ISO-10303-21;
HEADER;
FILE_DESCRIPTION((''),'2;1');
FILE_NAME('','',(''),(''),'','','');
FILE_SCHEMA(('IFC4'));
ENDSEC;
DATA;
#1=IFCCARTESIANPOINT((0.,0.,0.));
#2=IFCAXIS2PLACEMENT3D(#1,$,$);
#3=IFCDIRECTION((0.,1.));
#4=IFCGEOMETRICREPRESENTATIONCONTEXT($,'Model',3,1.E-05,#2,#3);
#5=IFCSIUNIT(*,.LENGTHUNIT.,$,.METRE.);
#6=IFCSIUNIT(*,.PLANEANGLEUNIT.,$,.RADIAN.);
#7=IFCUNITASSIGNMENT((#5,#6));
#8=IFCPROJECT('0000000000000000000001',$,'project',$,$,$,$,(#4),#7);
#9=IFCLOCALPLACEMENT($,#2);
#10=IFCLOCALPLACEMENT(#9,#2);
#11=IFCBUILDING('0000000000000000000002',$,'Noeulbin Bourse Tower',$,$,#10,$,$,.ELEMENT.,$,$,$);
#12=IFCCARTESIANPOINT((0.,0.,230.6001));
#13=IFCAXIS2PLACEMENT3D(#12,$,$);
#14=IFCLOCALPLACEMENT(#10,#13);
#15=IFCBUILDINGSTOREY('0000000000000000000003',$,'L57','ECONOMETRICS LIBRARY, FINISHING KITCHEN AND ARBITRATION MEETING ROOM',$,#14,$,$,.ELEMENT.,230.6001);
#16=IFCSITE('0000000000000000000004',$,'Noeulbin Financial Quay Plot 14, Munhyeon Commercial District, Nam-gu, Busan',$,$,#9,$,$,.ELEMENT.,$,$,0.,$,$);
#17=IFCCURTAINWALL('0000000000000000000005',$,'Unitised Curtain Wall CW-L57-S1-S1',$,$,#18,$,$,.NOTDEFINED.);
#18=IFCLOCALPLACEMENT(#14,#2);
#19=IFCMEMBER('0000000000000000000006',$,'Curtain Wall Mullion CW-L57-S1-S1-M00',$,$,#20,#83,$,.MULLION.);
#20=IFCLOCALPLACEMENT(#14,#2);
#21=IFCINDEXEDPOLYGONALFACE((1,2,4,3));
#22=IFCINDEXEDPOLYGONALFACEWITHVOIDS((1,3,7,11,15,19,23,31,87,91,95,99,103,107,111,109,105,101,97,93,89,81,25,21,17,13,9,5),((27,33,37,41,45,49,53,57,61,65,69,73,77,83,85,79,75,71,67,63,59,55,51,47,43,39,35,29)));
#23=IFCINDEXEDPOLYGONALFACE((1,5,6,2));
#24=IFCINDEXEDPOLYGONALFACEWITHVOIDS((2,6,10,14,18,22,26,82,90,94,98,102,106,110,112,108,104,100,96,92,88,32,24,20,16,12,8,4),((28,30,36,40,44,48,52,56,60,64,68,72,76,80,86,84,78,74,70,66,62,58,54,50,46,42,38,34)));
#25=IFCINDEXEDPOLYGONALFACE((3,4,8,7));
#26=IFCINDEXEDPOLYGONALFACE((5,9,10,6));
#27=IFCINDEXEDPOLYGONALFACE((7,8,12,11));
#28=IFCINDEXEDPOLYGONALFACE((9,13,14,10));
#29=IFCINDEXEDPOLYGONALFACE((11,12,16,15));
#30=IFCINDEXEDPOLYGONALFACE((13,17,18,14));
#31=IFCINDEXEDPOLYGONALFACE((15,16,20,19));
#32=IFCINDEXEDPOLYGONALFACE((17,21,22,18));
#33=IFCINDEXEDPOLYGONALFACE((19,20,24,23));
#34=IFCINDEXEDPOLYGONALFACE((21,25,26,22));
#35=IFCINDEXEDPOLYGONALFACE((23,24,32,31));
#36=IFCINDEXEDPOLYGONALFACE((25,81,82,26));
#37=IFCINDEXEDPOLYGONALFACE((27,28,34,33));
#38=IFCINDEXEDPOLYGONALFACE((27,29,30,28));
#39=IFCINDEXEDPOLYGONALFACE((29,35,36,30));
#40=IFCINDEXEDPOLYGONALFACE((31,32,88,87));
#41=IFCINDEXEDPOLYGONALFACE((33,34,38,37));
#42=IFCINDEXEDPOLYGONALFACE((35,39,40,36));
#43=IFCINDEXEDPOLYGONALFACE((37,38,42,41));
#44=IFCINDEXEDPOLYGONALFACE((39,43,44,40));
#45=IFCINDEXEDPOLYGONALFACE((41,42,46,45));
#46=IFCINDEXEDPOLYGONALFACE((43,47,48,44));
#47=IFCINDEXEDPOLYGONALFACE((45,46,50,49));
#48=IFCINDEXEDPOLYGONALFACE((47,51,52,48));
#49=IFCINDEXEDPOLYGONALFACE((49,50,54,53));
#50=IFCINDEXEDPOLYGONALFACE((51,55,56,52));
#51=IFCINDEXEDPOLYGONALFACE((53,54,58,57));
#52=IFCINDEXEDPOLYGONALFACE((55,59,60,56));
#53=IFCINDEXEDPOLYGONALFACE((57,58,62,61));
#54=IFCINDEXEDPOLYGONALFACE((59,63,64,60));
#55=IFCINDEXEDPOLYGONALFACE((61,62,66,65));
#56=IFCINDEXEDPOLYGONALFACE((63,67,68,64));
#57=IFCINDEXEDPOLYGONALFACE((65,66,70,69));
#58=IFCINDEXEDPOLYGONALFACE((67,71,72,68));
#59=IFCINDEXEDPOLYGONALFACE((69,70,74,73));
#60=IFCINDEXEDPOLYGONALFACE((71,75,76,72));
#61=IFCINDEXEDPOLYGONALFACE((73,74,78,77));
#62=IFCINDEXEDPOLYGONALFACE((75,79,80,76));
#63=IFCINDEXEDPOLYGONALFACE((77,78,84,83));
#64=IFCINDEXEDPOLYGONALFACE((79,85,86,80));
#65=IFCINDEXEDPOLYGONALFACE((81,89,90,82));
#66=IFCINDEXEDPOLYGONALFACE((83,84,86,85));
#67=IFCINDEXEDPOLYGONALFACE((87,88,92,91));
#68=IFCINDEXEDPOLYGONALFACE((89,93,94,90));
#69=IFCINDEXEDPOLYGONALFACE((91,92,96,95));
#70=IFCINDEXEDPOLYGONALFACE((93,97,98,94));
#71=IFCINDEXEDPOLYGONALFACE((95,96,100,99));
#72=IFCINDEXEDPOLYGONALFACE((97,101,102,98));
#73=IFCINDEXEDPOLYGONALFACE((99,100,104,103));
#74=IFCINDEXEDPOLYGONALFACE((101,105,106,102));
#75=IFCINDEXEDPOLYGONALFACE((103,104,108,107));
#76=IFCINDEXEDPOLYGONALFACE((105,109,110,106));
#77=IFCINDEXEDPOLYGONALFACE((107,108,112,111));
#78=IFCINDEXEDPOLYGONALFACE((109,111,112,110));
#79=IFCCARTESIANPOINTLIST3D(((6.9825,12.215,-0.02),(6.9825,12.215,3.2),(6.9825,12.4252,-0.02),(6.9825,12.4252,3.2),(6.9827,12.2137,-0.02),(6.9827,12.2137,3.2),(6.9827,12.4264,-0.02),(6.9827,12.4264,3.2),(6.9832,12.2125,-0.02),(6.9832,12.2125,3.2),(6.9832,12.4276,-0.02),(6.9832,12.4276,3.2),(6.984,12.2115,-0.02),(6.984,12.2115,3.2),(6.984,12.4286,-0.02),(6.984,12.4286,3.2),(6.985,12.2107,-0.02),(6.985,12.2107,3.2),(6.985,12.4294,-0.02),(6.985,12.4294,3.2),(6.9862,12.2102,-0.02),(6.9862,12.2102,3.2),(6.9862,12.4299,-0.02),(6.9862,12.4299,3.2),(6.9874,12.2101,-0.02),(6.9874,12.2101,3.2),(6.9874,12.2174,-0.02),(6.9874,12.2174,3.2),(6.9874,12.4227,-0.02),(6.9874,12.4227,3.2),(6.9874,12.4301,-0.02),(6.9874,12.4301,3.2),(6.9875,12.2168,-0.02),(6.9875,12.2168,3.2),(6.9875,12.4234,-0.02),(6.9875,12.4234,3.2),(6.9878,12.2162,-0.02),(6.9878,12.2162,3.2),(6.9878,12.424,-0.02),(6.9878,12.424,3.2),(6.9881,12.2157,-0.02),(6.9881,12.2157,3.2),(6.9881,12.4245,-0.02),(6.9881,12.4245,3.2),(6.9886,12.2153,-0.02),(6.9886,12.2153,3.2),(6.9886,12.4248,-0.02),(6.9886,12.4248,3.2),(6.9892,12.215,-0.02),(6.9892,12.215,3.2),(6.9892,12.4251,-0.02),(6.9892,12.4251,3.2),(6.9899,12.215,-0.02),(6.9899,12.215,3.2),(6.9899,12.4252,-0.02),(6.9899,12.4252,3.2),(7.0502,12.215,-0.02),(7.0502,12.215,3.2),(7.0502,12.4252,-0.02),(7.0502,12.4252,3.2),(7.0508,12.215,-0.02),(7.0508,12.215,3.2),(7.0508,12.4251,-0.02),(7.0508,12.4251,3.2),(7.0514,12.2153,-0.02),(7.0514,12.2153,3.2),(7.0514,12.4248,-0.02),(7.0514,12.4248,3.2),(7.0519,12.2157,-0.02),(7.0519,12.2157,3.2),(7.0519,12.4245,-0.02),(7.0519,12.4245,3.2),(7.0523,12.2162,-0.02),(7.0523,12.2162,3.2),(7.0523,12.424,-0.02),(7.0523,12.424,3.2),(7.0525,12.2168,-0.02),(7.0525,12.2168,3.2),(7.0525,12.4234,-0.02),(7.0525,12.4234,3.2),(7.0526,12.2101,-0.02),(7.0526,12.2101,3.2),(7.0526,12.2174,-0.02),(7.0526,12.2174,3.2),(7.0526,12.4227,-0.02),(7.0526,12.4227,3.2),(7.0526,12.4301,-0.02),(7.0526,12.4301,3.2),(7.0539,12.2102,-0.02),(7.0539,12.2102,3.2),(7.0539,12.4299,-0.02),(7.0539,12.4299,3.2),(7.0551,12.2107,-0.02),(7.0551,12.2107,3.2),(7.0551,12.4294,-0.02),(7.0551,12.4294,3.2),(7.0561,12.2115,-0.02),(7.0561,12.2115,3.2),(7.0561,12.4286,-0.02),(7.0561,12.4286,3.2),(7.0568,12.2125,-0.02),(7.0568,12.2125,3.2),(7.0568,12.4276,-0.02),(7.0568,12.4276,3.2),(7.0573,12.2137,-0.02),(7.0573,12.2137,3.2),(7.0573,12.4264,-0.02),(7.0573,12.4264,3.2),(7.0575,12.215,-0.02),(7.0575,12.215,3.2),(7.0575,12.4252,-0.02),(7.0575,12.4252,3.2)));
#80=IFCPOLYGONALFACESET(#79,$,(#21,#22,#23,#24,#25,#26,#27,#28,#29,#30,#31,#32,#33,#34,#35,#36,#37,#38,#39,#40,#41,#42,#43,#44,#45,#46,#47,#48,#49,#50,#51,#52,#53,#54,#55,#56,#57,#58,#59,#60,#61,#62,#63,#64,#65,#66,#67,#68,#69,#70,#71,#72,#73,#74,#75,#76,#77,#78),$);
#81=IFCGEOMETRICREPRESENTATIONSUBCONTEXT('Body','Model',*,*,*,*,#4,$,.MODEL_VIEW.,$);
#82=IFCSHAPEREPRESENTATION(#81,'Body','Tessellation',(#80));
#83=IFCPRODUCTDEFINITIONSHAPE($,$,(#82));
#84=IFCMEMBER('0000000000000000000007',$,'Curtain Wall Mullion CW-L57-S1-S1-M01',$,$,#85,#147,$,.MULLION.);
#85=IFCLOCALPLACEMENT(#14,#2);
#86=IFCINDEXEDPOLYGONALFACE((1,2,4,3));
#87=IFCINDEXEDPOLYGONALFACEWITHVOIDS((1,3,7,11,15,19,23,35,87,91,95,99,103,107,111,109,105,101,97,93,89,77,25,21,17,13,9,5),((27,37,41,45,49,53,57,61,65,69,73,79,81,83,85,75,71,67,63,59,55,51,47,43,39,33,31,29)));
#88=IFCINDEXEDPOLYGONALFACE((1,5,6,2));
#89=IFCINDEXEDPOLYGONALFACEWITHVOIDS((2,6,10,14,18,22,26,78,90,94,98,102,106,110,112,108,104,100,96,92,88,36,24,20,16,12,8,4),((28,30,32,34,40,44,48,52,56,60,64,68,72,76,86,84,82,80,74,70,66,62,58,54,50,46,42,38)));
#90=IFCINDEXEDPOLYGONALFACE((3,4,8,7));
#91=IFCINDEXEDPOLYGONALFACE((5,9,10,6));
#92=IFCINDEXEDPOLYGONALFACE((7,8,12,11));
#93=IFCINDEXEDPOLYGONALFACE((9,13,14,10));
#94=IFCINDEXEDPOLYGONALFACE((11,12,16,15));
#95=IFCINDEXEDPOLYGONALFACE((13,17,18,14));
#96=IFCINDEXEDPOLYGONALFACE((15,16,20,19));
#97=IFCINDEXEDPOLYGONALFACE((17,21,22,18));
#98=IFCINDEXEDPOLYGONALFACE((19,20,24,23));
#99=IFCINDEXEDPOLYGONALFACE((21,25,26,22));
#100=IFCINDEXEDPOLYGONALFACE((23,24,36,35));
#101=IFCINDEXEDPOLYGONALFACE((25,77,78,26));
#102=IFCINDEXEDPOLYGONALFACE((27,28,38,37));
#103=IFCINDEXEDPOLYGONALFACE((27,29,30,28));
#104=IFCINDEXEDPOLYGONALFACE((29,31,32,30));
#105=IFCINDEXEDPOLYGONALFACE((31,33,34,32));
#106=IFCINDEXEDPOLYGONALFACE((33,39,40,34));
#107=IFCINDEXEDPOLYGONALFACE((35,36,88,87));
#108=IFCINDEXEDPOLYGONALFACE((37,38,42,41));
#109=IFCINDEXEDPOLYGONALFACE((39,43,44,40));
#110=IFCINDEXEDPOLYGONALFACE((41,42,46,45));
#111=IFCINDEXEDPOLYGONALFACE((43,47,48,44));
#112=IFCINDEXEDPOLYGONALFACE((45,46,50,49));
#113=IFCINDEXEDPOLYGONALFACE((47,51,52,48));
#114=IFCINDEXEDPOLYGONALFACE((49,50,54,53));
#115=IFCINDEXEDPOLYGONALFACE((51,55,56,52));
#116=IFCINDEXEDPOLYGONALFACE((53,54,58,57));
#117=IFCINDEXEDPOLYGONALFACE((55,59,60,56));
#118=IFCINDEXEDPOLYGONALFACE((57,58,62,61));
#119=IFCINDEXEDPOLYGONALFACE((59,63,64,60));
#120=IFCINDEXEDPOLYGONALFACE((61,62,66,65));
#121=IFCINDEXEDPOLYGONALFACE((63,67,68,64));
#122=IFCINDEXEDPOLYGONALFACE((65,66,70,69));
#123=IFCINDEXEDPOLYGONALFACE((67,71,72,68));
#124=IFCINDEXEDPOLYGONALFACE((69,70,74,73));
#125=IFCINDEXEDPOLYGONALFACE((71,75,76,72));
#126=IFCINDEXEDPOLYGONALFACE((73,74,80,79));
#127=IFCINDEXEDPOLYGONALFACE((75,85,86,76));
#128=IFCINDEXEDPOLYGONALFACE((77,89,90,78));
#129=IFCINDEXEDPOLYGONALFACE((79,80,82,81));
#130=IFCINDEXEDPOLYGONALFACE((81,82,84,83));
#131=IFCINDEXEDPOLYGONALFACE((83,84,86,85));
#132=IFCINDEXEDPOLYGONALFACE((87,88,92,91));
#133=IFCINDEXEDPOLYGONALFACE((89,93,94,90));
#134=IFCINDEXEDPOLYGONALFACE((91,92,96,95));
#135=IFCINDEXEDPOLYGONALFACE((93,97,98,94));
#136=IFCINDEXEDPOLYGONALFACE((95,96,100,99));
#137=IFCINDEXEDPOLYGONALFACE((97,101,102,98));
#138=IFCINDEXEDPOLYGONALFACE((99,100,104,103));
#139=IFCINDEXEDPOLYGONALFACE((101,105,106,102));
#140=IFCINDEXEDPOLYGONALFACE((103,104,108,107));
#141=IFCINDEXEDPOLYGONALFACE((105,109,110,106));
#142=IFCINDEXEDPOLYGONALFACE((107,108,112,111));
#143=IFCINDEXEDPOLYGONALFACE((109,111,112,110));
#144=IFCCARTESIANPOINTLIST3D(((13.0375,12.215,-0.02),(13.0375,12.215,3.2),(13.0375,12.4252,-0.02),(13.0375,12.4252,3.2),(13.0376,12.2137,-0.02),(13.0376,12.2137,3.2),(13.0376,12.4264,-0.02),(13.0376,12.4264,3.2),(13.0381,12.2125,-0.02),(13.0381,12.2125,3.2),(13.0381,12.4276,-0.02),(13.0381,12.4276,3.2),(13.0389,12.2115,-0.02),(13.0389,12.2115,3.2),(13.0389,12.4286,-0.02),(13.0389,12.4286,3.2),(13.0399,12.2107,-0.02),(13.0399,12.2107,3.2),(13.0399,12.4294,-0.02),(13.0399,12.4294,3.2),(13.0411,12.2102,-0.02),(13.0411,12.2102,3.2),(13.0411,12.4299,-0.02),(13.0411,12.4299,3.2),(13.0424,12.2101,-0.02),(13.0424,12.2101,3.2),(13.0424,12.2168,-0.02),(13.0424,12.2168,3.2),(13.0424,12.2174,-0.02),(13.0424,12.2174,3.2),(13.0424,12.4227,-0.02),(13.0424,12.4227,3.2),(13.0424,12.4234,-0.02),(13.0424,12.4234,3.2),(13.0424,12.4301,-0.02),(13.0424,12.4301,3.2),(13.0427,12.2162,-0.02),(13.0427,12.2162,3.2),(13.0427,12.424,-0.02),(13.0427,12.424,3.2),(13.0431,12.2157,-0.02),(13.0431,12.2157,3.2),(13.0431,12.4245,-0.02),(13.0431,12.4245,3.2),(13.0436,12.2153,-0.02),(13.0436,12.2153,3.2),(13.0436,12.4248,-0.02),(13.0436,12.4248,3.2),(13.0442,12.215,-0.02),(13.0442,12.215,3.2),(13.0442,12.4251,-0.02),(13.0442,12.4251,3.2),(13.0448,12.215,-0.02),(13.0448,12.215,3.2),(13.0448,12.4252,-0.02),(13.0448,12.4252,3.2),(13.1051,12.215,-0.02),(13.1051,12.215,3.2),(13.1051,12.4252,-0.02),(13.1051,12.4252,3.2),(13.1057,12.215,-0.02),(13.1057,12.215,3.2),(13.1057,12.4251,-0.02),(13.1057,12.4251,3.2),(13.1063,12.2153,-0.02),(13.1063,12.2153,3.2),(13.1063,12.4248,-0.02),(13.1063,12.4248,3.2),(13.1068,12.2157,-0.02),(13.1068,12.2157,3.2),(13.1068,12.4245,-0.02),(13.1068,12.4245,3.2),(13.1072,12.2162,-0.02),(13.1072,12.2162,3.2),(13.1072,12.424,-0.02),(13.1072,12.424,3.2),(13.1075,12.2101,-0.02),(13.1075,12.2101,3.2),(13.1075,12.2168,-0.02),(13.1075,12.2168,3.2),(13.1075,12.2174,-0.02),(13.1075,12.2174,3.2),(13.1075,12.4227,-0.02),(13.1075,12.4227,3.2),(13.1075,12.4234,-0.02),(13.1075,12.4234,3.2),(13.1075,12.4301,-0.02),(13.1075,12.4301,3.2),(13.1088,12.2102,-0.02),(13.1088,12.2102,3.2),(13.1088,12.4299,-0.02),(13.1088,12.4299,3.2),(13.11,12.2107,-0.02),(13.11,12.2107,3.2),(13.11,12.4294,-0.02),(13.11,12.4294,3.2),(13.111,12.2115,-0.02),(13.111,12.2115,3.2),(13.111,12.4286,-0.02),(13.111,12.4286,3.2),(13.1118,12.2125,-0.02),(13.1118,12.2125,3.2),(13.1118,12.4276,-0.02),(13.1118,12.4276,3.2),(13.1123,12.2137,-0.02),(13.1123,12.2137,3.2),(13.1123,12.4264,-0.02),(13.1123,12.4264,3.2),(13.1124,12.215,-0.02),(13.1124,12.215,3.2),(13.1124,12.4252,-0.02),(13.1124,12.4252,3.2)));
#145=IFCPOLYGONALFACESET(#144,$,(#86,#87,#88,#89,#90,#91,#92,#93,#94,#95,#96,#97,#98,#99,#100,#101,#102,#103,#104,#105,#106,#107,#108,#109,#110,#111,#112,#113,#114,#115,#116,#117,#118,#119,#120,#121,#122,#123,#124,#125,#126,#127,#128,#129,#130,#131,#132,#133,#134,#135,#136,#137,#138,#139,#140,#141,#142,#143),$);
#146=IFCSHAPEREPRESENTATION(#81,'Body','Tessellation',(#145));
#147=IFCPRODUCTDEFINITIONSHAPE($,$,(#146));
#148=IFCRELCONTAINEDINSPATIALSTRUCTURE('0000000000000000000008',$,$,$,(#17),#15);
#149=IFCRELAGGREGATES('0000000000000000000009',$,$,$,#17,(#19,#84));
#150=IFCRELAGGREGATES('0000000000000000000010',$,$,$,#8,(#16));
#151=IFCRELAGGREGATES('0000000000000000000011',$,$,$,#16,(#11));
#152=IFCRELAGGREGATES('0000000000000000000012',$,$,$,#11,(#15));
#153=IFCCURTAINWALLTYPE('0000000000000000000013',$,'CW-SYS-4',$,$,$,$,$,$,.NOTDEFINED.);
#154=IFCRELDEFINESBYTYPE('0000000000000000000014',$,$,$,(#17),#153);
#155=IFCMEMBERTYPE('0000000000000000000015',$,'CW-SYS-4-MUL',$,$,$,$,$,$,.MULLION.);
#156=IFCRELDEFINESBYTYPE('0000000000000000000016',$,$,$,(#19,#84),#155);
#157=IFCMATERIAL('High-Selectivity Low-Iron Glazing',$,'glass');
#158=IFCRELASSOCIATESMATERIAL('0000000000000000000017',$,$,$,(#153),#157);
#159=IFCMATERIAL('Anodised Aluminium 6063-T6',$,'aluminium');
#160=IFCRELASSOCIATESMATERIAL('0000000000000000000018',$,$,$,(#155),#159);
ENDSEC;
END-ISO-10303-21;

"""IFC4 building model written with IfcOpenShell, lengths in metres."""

from ifc_helpers import new_model, si_unit, direction, frame, origin, origin_2d, place, context, subcontext, project, spatial, hollow_rectangle, extrude, material, material_profile, profile_set, type_object, element, aggregate, save


model = new_model("IFC4")

# Units and contexts
model_context = context("Model", 3, precision=1e-05, world=origin(), true_north=direction((0.0, 1.0)))
body_context = subcontext(model_context, "Body", "Model", "MODEL_VIEW")
ifc_project = project(units=[si_unit("LENGTHUNIT", "METRE"), si_unit("PLANEANGLEUNIT", "RADIAN")], contexts=[model_context])

# Site, building, storey
site_placement = place(None, origin())
site = spatial("IfcSite", under=ifc_project, at=site_placement, Name="Noeulbin Financial Quay Plot 14, Munhyeon Commercial District, Nam-gu, Busan", CompositionType="ELEMENT", RefElevation=0.0)
building_placement = place(site_placement, origin())
building = spatial("IfcBuilding", under=site, at=building_placement, Name="Noeulbin Bourse Tower", CompositionType="ELEMENT")
storey_placement = place(building_placement, frame((0.0, 0.0, 230.6001)))
storey = spatial("IfcBuildingStorey", under=building, at=storey_placement, Name="L57", Description="ECONOMETRICS LIBRARY, FINISHING KITCHEN AND ARBITRATION MEETING ROOM", CompositionType="ELEMENT", Elevation=230.6001)

# Curtain wall, members
ifc_material_1 = material(Name="High-Selectivity Low-Iron Glazing", Category="glass")
curtain_wall_type = type_object("IfcCurtainWallType", Name="CW-SYS-4", PredefinedType="NOTDEFINED", material=ifc_material_1)
curtain_wall_1_placement = place(storey_placement, origin())
curtain_wall_1 = element("IfcCurtainWall", 1, at=curtain_wall_1_placement, inside=storey, type_object=curtain_wall_type, Name="Unitised Curtain Wall CW-L57-S1-S1", PredefinedType="NOTDEFINED")
ifc_material_2 = material(Name="Anodised Aluminium 6063-T6", Category="aluminium")
ifc_material_profile_1 = material_profile(ifc_material_2, hollow_rectangle(XDim=0.075, YDim=0.22, WallThickness=0.0049, InnerFilletRadius=0.0024, OuterFilletRadius=0.0049, at=origin_2d()), Name="ALU-MULL-75x220x5", Category="LoadBearing")
ifc_profile_set_1 = profile_set([ifc_material_profile_1], Name="Anodised Aluminium 6063-T6")
member_type_1 = type_object("IfcMemberType", Name="CW-SYS-4-MUL", PredefinedType="MULLION", material=ifc_profile_set_1)
member_1_placement = place(storey_placement, frame((7.02, 12.3201, -0.02), z_axis=(0.0, 0.0, 1.0), x_axis=(1.0, 0.0, 0.0)))
member_1 = element("IfcMember", 2, at=member_1_placement, type_object=member_type_1, Name="Curtain Wall Mullion CW-L57-S1-S1-M00", PredefinedType="MULLION", context=body_context, shape_type="SweptSolid", body=[
    extrude(hollow_rectangle(XDim=0.075, YDim=0.22, WallThickness=0.0049, InnerFilletRadius=0.0024, OuterFilletRadius=0.0049, at=origin_2d()), origin(), (0.0, 0.0, 1.0), 3.22),
])
member_2_placement = place(storey_placement, frame((13.075, 12.3201, -0.02), z_axis=(0.0, 0.0, 1.0), x_axis=(1.0, 0.0, 0.0)))
member_2 = element("IfcMember", 3, at=member_2_placement, type_object=member_type_1, Name="Curtain Wall Mullion CW-L57-S1-S1-M01", PredefinedType="MULLION", context=body_context, shape_type="SweptSolid", body=[
    extrude(hollow_rectangle(XDim=0.075, YDim=0.22, WallThickness=0.0049, InnerFilletRadius=0.0024, OuterFilletRadius=0.0049, at=origin_2d()), origin(), (0.0, 0.0, 1.0), 3.22),
])

aggregate(curtain_wall_1, [member_1, member_2])

save(model, "model.ifc")
